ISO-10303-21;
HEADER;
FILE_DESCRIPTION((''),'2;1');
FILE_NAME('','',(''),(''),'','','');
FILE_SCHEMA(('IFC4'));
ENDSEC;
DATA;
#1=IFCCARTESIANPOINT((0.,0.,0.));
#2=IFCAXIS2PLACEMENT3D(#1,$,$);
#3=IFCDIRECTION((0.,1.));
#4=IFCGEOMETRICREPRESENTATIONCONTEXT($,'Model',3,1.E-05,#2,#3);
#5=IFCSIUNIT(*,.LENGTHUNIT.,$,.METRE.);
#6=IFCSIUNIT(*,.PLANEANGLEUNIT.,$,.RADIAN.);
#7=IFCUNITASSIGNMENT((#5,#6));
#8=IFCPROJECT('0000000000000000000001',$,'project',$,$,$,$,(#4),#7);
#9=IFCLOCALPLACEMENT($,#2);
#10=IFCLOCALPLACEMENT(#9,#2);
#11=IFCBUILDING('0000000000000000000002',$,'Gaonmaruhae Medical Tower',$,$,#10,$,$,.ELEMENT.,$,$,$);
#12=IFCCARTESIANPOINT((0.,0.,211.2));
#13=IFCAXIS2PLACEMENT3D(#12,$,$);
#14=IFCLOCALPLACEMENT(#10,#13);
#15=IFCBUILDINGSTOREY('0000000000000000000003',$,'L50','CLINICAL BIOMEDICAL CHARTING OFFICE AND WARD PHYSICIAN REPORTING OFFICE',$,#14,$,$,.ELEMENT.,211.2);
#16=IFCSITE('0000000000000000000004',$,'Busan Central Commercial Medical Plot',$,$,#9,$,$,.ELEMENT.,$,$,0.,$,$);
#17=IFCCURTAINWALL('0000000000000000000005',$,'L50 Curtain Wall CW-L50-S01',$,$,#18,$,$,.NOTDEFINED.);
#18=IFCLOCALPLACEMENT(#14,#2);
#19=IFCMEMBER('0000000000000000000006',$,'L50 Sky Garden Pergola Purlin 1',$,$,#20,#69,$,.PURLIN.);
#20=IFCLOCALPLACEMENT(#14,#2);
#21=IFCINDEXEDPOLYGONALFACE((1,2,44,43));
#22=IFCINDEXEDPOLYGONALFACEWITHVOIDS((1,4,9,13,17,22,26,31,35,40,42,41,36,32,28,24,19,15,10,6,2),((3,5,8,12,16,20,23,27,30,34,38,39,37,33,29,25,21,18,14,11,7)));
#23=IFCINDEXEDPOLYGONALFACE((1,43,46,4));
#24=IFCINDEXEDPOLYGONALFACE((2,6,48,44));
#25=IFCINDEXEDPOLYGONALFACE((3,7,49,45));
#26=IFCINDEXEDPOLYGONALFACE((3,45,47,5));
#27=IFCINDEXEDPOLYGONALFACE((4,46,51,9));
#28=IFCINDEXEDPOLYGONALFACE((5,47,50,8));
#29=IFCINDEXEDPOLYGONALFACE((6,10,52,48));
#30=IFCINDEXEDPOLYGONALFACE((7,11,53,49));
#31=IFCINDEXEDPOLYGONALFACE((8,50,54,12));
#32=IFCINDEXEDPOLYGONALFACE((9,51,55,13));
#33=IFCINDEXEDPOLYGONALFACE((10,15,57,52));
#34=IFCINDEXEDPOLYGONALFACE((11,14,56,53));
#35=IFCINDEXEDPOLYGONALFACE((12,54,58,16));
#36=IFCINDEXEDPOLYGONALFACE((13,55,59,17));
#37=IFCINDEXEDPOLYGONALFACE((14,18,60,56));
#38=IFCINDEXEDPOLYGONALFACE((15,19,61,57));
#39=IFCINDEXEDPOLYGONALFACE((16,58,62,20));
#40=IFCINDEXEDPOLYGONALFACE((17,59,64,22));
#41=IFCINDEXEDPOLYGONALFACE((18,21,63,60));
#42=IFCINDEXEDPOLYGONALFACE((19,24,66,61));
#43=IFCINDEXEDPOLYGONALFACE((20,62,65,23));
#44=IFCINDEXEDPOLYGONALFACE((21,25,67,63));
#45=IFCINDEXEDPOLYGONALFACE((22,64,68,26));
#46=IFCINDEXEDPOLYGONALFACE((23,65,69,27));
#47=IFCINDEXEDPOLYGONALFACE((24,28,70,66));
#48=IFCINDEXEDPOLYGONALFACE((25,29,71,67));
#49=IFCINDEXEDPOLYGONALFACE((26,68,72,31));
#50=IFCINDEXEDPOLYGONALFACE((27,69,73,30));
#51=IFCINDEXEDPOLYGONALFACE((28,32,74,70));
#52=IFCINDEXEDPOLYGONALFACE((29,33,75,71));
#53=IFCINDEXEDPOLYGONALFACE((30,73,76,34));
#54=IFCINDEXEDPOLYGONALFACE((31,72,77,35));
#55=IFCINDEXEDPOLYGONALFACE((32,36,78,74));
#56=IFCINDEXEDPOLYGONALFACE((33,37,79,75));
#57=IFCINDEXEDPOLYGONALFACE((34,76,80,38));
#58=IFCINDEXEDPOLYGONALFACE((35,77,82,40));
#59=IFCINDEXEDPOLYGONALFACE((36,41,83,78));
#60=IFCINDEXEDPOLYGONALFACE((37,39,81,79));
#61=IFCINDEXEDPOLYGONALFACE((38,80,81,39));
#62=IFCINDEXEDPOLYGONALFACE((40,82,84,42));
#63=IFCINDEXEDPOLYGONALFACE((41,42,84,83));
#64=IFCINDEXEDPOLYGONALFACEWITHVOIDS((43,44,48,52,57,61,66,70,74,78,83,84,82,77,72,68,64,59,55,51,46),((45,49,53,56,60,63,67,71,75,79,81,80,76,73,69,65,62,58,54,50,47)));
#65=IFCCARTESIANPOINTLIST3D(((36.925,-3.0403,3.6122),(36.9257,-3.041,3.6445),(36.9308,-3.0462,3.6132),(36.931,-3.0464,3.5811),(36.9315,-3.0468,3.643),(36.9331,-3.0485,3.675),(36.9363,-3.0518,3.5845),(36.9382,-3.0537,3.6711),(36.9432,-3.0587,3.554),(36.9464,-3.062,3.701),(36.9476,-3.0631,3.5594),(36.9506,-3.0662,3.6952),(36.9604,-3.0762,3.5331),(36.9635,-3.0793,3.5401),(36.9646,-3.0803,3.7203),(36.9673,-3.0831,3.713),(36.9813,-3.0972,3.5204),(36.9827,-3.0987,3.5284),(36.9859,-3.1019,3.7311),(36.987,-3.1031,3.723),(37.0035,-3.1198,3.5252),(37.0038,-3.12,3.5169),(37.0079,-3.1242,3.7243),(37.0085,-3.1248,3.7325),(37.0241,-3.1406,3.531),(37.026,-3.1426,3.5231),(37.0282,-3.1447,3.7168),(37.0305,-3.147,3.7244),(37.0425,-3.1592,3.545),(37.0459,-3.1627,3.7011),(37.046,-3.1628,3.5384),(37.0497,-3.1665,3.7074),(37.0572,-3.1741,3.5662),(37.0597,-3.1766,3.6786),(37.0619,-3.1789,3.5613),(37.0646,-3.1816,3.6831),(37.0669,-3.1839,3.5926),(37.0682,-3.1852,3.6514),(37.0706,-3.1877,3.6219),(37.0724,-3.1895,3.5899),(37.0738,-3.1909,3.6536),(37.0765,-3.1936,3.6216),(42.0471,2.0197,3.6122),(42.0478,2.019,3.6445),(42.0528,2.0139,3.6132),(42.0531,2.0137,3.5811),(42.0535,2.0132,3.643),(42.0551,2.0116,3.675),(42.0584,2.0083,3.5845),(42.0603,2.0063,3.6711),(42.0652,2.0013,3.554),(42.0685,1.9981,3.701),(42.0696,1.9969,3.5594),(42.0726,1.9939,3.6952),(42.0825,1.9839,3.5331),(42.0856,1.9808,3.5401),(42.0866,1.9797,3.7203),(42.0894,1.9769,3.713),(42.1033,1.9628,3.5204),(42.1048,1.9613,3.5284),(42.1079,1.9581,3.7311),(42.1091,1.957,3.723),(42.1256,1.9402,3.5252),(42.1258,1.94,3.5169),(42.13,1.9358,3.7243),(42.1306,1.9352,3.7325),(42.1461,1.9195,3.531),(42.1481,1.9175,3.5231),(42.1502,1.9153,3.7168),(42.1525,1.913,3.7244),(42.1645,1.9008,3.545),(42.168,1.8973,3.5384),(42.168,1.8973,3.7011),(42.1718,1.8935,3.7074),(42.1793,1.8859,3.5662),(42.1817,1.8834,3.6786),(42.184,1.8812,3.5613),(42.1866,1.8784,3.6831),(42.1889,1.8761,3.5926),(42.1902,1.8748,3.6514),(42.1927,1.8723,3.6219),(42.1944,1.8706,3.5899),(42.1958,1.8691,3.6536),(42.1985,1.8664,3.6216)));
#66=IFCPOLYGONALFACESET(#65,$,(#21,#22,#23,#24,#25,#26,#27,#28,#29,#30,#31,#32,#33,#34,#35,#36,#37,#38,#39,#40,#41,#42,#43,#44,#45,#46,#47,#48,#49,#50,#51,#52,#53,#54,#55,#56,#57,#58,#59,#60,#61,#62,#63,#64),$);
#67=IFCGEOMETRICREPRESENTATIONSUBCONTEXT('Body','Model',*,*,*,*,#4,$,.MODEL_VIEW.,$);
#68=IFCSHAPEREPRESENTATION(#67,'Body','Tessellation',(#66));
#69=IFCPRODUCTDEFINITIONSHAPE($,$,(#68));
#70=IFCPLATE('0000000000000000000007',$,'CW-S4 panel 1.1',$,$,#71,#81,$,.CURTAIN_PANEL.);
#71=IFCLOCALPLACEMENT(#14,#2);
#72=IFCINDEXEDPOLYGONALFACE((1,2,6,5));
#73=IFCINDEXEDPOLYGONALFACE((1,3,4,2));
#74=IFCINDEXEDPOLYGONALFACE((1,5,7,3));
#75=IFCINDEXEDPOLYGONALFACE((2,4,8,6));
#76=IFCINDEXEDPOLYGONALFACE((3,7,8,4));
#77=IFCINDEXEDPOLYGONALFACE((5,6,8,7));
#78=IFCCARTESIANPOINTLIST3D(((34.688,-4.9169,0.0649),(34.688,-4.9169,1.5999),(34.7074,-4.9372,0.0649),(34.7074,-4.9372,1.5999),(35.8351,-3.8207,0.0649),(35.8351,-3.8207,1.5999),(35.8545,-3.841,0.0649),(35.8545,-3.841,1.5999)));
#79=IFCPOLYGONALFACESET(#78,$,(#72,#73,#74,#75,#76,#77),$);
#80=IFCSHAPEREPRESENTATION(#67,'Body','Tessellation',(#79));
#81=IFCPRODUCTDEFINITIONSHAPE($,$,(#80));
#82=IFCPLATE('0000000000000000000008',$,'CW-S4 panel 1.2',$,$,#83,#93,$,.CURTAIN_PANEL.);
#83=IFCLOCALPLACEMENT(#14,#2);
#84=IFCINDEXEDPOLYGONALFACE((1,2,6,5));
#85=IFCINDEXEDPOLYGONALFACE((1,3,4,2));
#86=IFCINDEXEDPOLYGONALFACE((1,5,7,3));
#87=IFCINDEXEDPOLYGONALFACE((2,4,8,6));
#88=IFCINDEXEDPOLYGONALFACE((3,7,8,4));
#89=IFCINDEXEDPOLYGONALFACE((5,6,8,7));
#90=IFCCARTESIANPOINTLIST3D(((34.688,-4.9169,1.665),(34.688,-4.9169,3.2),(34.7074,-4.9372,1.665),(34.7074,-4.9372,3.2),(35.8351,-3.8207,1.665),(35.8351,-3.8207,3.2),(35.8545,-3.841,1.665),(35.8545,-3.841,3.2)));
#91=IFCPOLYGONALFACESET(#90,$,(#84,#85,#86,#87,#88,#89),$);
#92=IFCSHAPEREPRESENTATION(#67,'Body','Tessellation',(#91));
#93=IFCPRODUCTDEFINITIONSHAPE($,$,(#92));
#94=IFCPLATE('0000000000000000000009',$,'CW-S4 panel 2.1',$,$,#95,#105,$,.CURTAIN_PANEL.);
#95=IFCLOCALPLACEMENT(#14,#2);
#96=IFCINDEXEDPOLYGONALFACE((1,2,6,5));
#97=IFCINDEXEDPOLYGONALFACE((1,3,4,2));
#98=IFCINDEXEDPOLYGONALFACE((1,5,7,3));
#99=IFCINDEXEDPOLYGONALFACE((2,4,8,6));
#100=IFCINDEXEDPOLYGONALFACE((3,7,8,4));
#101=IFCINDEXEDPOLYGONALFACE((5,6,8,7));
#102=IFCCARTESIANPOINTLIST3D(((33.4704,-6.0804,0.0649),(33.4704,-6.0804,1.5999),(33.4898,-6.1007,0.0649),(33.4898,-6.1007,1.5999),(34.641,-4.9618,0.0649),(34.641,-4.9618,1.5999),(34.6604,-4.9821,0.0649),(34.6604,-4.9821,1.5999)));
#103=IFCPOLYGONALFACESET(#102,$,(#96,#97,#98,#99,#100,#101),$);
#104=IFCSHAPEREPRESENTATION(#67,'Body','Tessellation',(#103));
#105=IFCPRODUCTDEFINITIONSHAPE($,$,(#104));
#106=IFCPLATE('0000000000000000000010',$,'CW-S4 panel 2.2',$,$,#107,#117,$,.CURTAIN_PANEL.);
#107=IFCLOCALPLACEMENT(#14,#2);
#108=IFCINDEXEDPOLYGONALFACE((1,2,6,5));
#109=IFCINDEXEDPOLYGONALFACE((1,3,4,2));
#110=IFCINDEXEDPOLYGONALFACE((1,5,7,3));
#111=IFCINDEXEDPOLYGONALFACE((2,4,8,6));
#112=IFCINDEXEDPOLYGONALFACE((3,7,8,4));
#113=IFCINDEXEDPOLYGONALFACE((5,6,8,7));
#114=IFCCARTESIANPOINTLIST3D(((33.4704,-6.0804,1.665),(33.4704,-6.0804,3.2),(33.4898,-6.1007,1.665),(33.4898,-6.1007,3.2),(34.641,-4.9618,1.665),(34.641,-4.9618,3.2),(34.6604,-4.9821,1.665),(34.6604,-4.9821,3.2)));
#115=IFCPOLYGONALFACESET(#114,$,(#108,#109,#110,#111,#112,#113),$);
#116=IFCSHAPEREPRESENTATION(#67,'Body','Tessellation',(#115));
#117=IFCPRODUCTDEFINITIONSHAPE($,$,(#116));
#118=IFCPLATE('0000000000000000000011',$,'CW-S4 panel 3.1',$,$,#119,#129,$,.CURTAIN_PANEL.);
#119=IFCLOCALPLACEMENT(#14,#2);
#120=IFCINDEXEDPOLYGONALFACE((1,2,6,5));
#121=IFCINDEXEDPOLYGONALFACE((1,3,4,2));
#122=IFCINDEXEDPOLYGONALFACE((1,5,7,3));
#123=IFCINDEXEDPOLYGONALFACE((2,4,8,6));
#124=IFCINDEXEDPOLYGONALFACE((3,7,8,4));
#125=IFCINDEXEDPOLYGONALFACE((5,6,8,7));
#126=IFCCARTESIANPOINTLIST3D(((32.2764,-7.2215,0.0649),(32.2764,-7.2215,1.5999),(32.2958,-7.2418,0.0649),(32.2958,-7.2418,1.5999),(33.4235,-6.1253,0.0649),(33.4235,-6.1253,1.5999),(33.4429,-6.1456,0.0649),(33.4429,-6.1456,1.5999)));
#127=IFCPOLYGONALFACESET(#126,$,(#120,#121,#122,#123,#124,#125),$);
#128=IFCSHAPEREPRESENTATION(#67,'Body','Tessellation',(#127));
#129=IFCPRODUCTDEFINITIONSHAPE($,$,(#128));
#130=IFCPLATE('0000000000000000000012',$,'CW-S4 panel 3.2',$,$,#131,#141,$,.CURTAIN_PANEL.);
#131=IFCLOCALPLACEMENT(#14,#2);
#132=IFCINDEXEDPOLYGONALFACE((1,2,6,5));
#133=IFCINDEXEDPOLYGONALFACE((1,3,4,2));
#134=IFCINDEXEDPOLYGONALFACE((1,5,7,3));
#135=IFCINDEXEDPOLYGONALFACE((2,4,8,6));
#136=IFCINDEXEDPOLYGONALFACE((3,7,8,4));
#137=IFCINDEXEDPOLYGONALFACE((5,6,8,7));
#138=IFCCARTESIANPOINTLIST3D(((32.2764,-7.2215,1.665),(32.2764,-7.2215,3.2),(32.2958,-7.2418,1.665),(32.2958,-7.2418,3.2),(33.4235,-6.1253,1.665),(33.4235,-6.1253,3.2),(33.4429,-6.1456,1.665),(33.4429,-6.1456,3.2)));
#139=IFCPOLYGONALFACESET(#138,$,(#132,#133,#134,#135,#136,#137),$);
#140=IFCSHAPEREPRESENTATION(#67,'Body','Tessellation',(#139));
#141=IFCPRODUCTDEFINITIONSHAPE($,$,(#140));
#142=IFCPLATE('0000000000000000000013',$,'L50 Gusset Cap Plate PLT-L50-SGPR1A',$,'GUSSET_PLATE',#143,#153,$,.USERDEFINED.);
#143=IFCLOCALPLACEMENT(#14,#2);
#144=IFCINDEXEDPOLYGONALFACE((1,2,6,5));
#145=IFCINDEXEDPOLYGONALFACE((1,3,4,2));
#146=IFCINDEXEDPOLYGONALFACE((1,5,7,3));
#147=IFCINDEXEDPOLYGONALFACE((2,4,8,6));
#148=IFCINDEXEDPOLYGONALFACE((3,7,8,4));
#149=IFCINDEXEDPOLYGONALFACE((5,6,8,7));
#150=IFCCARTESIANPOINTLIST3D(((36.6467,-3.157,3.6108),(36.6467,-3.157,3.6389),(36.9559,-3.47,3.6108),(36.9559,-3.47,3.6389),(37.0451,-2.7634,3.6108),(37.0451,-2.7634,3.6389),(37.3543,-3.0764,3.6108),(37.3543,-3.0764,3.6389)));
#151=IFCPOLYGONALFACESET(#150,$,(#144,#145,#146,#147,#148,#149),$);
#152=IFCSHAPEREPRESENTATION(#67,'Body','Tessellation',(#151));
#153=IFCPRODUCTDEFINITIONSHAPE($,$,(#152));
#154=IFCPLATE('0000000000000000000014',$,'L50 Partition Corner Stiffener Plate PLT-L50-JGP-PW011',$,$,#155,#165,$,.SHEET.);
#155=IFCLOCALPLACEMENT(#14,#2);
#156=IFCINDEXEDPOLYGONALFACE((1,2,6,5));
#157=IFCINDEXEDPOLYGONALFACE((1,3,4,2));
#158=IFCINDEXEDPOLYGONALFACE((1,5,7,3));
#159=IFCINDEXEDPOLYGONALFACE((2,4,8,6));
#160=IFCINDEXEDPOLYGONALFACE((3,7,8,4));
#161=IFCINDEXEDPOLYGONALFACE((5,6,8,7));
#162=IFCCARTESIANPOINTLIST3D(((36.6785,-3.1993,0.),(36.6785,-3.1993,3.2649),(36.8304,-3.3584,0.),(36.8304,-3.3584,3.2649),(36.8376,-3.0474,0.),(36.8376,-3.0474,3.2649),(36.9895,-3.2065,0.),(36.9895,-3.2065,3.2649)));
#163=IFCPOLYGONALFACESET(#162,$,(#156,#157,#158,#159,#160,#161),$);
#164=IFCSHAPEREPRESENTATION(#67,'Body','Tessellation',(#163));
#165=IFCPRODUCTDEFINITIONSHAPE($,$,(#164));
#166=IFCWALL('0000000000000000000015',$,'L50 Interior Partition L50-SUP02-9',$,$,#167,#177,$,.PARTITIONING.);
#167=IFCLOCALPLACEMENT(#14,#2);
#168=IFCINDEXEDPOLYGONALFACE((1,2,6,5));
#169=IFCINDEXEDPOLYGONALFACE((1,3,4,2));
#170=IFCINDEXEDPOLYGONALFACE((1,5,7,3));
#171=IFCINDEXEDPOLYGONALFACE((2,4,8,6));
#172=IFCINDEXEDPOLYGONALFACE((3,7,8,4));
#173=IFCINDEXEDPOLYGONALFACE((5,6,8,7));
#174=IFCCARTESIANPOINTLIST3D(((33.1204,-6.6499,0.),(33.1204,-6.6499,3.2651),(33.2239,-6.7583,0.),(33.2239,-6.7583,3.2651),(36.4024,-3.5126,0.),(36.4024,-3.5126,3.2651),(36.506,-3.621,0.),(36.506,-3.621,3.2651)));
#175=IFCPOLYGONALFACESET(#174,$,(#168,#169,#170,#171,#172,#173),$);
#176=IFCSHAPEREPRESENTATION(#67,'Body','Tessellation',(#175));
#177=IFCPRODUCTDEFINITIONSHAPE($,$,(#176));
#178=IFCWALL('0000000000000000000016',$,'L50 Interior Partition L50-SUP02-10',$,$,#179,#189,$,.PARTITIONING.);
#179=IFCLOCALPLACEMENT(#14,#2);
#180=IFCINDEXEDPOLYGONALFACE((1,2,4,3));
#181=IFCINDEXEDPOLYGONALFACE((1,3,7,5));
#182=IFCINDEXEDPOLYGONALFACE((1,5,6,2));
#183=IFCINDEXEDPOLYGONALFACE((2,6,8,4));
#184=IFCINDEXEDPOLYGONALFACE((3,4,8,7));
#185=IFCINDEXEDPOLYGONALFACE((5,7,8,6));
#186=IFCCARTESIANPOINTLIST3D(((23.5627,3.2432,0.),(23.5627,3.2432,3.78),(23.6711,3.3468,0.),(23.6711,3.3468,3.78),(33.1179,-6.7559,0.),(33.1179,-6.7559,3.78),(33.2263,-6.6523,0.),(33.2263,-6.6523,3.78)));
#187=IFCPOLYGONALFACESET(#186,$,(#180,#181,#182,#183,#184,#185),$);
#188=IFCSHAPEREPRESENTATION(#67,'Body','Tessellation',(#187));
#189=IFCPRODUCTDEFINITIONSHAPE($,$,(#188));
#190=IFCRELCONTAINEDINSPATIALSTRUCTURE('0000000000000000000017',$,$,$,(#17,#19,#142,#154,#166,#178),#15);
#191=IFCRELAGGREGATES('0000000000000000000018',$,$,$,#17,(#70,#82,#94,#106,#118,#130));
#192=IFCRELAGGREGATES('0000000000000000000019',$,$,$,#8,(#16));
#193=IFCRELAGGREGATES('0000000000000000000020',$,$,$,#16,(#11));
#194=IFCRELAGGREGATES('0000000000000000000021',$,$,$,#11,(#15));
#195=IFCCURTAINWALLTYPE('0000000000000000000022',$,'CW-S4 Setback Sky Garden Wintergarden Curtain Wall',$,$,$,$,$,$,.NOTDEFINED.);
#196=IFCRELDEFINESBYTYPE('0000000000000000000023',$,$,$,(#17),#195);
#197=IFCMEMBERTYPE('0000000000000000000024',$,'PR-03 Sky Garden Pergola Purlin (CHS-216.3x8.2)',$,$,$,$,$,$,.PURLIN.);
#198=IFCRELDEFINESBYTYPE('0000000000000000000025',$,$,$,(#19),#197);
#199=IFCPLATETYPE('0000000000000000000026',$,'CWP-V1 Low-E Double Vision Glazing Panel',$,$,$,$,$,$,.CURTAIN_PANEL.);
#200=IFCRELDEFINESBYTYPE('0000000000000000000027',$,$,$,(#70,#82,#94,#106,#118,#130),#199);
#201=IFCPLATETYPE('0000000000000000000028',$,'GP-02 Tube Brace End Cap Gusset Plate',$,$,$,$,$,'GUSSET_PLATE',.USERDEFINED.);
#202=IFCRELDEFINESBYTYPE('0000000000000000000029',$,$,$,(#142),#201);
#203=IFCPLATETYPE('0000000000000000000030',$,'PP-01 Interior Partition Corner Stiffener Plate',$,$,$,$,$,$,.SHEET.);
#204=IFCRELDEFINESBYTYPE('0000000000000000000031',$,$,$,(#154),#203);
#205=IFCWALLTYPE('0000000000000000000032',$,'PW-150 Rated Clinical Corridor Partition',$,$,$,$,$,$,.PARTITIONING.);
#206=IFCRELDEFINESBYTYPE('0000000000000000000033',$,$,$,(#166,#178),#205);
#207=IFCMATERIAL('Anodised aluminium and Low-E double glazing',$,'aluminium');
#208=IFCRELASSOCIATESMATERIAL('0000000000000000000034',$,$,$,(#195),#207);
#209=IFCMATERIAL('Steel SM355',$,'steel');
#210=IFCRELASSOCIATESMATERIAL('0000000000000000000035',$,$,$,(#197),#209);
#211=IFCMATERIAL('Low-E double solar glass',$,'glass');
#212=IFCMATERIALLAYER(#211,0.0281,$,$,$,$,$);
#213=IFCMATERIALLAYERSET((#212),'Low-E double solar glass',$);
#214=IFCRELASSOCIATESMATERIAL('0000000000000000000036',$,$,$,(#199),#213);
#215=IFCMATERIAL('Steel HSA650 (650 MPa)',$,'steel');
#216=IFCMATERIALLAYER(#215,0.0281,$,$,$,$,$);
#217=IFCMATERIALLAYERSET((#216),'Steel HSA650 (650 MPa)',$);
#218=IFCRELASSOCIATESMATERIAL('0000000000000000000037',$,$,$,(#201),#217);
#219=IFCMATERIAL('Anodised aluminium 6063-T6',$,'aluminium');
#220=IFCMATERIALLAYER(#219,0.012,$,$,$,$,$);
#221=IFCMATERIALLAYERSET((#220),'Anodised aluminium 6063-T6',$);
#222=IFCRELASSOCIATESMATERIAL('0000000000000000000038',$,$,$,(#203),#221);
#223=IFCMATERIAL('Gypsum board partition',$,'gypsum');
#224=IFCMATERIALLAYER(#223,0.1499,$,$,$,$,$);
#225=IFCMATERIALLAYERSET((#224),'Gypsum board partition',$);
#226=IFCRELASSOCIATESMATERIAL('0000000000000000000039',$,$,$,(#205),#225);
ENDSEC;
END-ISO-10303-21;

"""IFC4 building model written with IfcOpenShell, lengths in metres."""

from ifc_helpers import new_model, si_unit, direction, frame, frame_2d, origin, origin_2d, place, context, subcontext, project, spatial, rectangle, hollow_circle, extrude, material, layer, layer_set, material_profile, profile_set, type_object, element, aggregate, save


model = new_model("IFC4")

# Units and contexts
model_context = context("Model", 3, precision=1e-05, world=origin(), true_north=direction((0.0, 1.0)))
body_context = subcontext(model_context, "Body", "Model", "MODEL_VIEW")
ifc_project = project(units=[si_unit("LENGTHUNIT", "METRE"), si_unit("PLANEANGLEUNIT", "RADIAN")], contexts=[model_context])

# Site, building, storey
site_placement = place(None, origin())
site = spatial("IfcSite", under=ifc_project, at=site_placement, Name="Busan Central Commercial Medical Plot", CompositionType="ELEMENT", RefElevation=0.0)
building_placement = place(site_placement, origin())
building = spatial("IfcBuilding", under=site, at=building_placement, Name="Gaonmaruhae Medical Tower", CompositionType="ELEMENT")
storey_placement = place(building_placement, frame((0.0, 0.0, 211.2)))
storey = spatial("IfcBuildingStorey", under=building, at=storey_placement, Name="L50", Description="CLINICAL BIOMEDICAL CHARTING OFFICE AND WARD PHYSICIAN REPORTING OFFICE", CompositionType="ELEMENT", Elevation=211.2)

# Curtain wall
ifc_material_1 = material(Name="Anodised aluminium and Low-E double glazing", Category="aluminium")
curtain_wall_type = type_object("IfcCurtainWallType", Name="CW-S4 Setback Sky Garden Wintergarden Curtain Wall", PredefinedType="NOTDEFINED", material=ifc_material_1)
curtain_wall_placement = place(storey_placement, origin())
curtain_wall = element("IfcCurtainWall", 1, at=curtain_wall_placement, inside=storey, type_object=curtain_wall_type, Name="L50 Curtain Wall CW-L50-S01", PredefinedType="NOTDEFINED")
ifc_material_2 = material(Name="Anodised aluminium 6063-T6", Category="aluminium")

# Member
ifc_material_3 = material(Name="Steel SM355", Category="steel")
ifc_material_profile_1 = material_profile(ifc_material_3, hollow_circle(Radius=0.1082, WallThickness=0.0083, at=origin_2d()), Name="CHS-216.3x8.2")
ifc_profile_set_1 = profile_set([ifc_material_profile_1], Name="Steel SM355")
member_type_1 = type_object("IfcMemberType", Name="PR-03 Sky Garden Pergola Purlin (CHS-216.3x8.2)", PredefinedType="PURLIN", material=ifc_profile_set_1)
member_1_placement = place(storey_placement, frame((37.0005, -3.1167, 3.625), z_axis=(0.7114, 0.702787, 0.0), x_axis=(-0.499972, 0.506099, 0.702774)))
element("IfcMember", 2, at=member_1_placement, inside=storey, type_object=member_type_1, Name="L50 Sky Garden Pergola Purlin 1", PredefinedType="PURLIN", context=body_context, shape_type="SweptSolid", body=[
    extrude(hollow_circle(Radius=0.1082, WallThickness=0.0083, at=origin_2d()), origin(), (0.0, 0.0, 1.0), 7.2),
])

# Plates
ifc_material_4 = material(Name="Low-E double solar glass", Category="glass")
ifc_layer_1 = layer(ifc_material_4, 0.0281)
ifc_layer_set_1 = layer_set([ifc_layer_1], Name="Low-E double solar glass")
plate_type_1 = type_object("IfcPlateType", Name="CWP-V1 Low-E Double Vision Glazing Panel", PredefinedType="CURTAIN_PANEL", material=ifc_layer_set_1)
plate_1_placement = place(storey_placement, frame((35.2712, -4.3789, 0.0649), z_axis=(0.0, 0.0, 1.0), x_axis=(-0.722967, -0.690882, 0.0)))
plate_1 = element("IfcPlate", 3, at=plate_1_placement, type_object=plate_type_1, Name="CW-S4 panel 1.1", PredefinedType="CURTAIN_PANEL", context=body_context, shape_type="SweptSolid", body=[
    extrude(rectangle(XDim=1.5867, YDim=0.0281, at=origin_2d()), origin(), (0.0, 0.0, 1.0), 1.5349),
])
plate_2_placement = place(storey_placement, frame((35.2712, -4.3789, 1.665), z_axis=(0.0, 0.0, 1.0), x_axis=(-0.722967, -0.690882, 0.0)))
plate_2 = element("IfcPlate", 4, at=plate_2_placement, type_object=plate_type_1, Name="CW-S4 panel 1.2", PredefinedType="CURTAIN_PANEL", context=body_context, shape_type="SweptSolid", body=[
    extrude(rectangle(XDim=1.5867, YDim=0.0281, at=origin_2d()), origin(), (0.0, 0.0, 1.0), 1.5349),
])
plate_3_placement = place(storey_placement, frame((34.0654, -5.5312, 0.0649), z_axis=(0.0, 0.0, 1.0), x_axis=(-0.722967, -0.690882, 0.0)))
plate_3 = element("IfcPlate", 5, at=plate_3_placement, type_object=plate_type_1, Name="CW-S4 panel 2.1", PredefinedType="CURTAIN_PANEL", context=body_context, shape_type="SweptSolid", body=[
    extrude(rectangle(XDim=1.6191, YDim=0.0281, at=origin_2d()), origin(), (0.0, 0.0, 1.0), 1.5349),
])
plate_4_placement = place(storey_placement, frame((34.0654, -5.5312, 1.665), z_axis=(0.0, 0.0, 1.0), x_axis=(-0.722967, -0.690882, 0.0)))
plate_4 = element("IfcPlate", 6, at=plate_4_placement, type_object=plate_type_1, Name="CW-S4 panel 2.2", PredefinedType="CURTAIN_PANEL", context=body_context, shape_type="SweptSolid", body=[
    extrude(rectangle(XDim=1.6191, YDim=0.0281, at=origin_2d()), origin(), (0.0, 0.0, 1.0), 1.5349),
])
plate_5_placement = place(storey_placement, frame((32.8596, -6.6836, 0.0649), z_axis=(0.0, 0.0, 1.0), x_axis=(-0.722967, -0.690882, 0.0)))
plate_5 = element("IfcPlate", 7, at=plate_5_placement, type_object=plate_type_1, Name="CW-S4 panel 3.1", PredefinedType="CURTAIN_PANEL", context=body_context, shape_type="SweptSolid", body=[
    extrude(rectangle(XDim=1.5867, YDim=0.0281, at=origin_2d()), origin(), (0.0, 0.0, 1.0), 1.5349),
])
plate_6_placement = place(storey_placement, frame((32.8596, -6.6836, 1.665), z_axis=(0.0, 0.0, 1.0), x_axis=(-0.722967, -0.690882, 0.0)))
plate_6 = element("IfcPlate", 8, at=plate_6_placement, type_object=plate_type_1, Name="CW-S4 panel 3.2", PredefinedType="CURTAIN_PANEL", context=body_context, shape_type="SweptSolid", body=[
    extrude(rectangle(XDim=1.5867, YDim=0.0281, at=origin_2d()), origin(), (0.0, 0.0, 1.0), 1.5349),
])
aggregate(curtain_wall, [plate_1, plate_2, plate_3, plate_4, plate_5, plate_6])

# Plates
ifc_material_5 = material(Name="Steel HSA650 (650 MPa)", Category="steel")
ifc_layer_2 = layer(ifc_material_5, 0.0281)
ifc_layer_set_2 = layer_set([ifc_layer_2], Name="Steel HSA650 (650 MPa)")
plate_type_2 = type_object("IfcPlateType", Name="GP-02 Tube Brace End Cap Gusset Plate", ElementType="GUSSET_PLATE", PredefinedType="USERDEFINED", material=ifc_layer_set_2)
plate_7_placement = place(storey_placement, frame((37.0005, -3.1167, 3.6108), z_axis=(0.0, 0.0, 1.0), x_axis=(0.711413, 0.702774, 0.0)))
element("IfcPlate", 9, at=plate_7_placement, inside=storey, type_object=plate_type_2, Name="L50 Gusset Cap Plate PLT-L50-SGPR1A", ObjectType="GUSSET_PLATE", PredefinedType="USERDEFINED", context=body_context, shape_type="SweptSolid", body=[
    extrude(rectangle(XDim=0.5601, YDim=0.4399, at=origin_2d()), origin(), (0.0, 0.0, 1.0), 0.0281),
])
ifc_layer_3 = layer(ifc_material_2, 0.012)
ifc_layer_set_3 = layer_set([ifc_layer_3], Name="Anodised aluminium 6063-T6")
plate_type_3 = type_object("IfcPlateType", Name="PP-01 Interior Partition Corner Stiffener Plate", PredefinedType="SHEET", material=ifc_layer_set_3)
plate_8_placement = place(storey_placement, frame((36.834, -3.2029, 0.0), z_axis=(0.0, 0.0, 1.0), x_axis=(-0.723293, -0.690542, 0.0)))
element("IfcPlate", 10, at=plate_8_placement, inside=storey, type_object=plate_type_3, Name="L50 Partition Corner Stiffener Plate PLT-L50-JGP-PW011", PredefinedType="SHEET", context=body_context, shape_type="SweptSolid", body=[
    extrude(rectangle(XDim=0.22, YDim=0.22, at=origin_2d()), origin(), (0.0, 0.0, 1.0), 3.2649),
])

# Walls
ifc_material_6 = material(Name="Gypsum board partition", Category="gypsum")
ifc_layer_4 = layer(ifc_material_6, 0.1499)
ifc_layer_set_4 = layer_set([ifc_layer_4], Name="Gypsum board partition")
wall_type = type_object("IfcWallType", Name="PW-150 Rated Clinical Corridor Partition", PredefinedType="PARTITIONING", material=ifc_layer_set_4)
wall_1_placement = place(storey_placement, frame((36.4541, -3.5669, 0.0), z_axis=(0.0, 0.0, 1.0), x_axis=(-0.722871, -0.690983, 0.0)))
element("IfcWall", 11, at=wall_1_placement, inside=storey, type_object=wall_type, Name="L50 Interior Partition L50-SUP02-9", PredefinedType="PARTITIONING", context=body_context, shape_type="SweptSolid", body=[
    extrude(rectangle(XDim=4.5403, YDim=0.1499, at=frame_2d((2.27, 0.0))), origin(), (0.0, 0.0, 1.0), 3.2651),
])
wall_2_placement = place(storey_placement, frame((33.1721, -6.7041, 0.0), z_axis=(0.0, 0.0, 1.0), x_axis=(-0.690879, 0.722971, 0.0)))
element("IfcWall", 12, at=wall_2_placement, inside=storey, type_object=wall_type, Name="L50 Interior Partition L50-SUP02-10", PredefinedType="PARTITIONING", context=body_context, shape_type="SweptSolid", body=[
    extrude(rectangle(XDim=13.8306, YDim=0.1499, at=frame_2d((6.9153, 0.0))), origin(), (0.0, 0.0, 1.0), 3.78),
])

save(model, "model.ifc")
